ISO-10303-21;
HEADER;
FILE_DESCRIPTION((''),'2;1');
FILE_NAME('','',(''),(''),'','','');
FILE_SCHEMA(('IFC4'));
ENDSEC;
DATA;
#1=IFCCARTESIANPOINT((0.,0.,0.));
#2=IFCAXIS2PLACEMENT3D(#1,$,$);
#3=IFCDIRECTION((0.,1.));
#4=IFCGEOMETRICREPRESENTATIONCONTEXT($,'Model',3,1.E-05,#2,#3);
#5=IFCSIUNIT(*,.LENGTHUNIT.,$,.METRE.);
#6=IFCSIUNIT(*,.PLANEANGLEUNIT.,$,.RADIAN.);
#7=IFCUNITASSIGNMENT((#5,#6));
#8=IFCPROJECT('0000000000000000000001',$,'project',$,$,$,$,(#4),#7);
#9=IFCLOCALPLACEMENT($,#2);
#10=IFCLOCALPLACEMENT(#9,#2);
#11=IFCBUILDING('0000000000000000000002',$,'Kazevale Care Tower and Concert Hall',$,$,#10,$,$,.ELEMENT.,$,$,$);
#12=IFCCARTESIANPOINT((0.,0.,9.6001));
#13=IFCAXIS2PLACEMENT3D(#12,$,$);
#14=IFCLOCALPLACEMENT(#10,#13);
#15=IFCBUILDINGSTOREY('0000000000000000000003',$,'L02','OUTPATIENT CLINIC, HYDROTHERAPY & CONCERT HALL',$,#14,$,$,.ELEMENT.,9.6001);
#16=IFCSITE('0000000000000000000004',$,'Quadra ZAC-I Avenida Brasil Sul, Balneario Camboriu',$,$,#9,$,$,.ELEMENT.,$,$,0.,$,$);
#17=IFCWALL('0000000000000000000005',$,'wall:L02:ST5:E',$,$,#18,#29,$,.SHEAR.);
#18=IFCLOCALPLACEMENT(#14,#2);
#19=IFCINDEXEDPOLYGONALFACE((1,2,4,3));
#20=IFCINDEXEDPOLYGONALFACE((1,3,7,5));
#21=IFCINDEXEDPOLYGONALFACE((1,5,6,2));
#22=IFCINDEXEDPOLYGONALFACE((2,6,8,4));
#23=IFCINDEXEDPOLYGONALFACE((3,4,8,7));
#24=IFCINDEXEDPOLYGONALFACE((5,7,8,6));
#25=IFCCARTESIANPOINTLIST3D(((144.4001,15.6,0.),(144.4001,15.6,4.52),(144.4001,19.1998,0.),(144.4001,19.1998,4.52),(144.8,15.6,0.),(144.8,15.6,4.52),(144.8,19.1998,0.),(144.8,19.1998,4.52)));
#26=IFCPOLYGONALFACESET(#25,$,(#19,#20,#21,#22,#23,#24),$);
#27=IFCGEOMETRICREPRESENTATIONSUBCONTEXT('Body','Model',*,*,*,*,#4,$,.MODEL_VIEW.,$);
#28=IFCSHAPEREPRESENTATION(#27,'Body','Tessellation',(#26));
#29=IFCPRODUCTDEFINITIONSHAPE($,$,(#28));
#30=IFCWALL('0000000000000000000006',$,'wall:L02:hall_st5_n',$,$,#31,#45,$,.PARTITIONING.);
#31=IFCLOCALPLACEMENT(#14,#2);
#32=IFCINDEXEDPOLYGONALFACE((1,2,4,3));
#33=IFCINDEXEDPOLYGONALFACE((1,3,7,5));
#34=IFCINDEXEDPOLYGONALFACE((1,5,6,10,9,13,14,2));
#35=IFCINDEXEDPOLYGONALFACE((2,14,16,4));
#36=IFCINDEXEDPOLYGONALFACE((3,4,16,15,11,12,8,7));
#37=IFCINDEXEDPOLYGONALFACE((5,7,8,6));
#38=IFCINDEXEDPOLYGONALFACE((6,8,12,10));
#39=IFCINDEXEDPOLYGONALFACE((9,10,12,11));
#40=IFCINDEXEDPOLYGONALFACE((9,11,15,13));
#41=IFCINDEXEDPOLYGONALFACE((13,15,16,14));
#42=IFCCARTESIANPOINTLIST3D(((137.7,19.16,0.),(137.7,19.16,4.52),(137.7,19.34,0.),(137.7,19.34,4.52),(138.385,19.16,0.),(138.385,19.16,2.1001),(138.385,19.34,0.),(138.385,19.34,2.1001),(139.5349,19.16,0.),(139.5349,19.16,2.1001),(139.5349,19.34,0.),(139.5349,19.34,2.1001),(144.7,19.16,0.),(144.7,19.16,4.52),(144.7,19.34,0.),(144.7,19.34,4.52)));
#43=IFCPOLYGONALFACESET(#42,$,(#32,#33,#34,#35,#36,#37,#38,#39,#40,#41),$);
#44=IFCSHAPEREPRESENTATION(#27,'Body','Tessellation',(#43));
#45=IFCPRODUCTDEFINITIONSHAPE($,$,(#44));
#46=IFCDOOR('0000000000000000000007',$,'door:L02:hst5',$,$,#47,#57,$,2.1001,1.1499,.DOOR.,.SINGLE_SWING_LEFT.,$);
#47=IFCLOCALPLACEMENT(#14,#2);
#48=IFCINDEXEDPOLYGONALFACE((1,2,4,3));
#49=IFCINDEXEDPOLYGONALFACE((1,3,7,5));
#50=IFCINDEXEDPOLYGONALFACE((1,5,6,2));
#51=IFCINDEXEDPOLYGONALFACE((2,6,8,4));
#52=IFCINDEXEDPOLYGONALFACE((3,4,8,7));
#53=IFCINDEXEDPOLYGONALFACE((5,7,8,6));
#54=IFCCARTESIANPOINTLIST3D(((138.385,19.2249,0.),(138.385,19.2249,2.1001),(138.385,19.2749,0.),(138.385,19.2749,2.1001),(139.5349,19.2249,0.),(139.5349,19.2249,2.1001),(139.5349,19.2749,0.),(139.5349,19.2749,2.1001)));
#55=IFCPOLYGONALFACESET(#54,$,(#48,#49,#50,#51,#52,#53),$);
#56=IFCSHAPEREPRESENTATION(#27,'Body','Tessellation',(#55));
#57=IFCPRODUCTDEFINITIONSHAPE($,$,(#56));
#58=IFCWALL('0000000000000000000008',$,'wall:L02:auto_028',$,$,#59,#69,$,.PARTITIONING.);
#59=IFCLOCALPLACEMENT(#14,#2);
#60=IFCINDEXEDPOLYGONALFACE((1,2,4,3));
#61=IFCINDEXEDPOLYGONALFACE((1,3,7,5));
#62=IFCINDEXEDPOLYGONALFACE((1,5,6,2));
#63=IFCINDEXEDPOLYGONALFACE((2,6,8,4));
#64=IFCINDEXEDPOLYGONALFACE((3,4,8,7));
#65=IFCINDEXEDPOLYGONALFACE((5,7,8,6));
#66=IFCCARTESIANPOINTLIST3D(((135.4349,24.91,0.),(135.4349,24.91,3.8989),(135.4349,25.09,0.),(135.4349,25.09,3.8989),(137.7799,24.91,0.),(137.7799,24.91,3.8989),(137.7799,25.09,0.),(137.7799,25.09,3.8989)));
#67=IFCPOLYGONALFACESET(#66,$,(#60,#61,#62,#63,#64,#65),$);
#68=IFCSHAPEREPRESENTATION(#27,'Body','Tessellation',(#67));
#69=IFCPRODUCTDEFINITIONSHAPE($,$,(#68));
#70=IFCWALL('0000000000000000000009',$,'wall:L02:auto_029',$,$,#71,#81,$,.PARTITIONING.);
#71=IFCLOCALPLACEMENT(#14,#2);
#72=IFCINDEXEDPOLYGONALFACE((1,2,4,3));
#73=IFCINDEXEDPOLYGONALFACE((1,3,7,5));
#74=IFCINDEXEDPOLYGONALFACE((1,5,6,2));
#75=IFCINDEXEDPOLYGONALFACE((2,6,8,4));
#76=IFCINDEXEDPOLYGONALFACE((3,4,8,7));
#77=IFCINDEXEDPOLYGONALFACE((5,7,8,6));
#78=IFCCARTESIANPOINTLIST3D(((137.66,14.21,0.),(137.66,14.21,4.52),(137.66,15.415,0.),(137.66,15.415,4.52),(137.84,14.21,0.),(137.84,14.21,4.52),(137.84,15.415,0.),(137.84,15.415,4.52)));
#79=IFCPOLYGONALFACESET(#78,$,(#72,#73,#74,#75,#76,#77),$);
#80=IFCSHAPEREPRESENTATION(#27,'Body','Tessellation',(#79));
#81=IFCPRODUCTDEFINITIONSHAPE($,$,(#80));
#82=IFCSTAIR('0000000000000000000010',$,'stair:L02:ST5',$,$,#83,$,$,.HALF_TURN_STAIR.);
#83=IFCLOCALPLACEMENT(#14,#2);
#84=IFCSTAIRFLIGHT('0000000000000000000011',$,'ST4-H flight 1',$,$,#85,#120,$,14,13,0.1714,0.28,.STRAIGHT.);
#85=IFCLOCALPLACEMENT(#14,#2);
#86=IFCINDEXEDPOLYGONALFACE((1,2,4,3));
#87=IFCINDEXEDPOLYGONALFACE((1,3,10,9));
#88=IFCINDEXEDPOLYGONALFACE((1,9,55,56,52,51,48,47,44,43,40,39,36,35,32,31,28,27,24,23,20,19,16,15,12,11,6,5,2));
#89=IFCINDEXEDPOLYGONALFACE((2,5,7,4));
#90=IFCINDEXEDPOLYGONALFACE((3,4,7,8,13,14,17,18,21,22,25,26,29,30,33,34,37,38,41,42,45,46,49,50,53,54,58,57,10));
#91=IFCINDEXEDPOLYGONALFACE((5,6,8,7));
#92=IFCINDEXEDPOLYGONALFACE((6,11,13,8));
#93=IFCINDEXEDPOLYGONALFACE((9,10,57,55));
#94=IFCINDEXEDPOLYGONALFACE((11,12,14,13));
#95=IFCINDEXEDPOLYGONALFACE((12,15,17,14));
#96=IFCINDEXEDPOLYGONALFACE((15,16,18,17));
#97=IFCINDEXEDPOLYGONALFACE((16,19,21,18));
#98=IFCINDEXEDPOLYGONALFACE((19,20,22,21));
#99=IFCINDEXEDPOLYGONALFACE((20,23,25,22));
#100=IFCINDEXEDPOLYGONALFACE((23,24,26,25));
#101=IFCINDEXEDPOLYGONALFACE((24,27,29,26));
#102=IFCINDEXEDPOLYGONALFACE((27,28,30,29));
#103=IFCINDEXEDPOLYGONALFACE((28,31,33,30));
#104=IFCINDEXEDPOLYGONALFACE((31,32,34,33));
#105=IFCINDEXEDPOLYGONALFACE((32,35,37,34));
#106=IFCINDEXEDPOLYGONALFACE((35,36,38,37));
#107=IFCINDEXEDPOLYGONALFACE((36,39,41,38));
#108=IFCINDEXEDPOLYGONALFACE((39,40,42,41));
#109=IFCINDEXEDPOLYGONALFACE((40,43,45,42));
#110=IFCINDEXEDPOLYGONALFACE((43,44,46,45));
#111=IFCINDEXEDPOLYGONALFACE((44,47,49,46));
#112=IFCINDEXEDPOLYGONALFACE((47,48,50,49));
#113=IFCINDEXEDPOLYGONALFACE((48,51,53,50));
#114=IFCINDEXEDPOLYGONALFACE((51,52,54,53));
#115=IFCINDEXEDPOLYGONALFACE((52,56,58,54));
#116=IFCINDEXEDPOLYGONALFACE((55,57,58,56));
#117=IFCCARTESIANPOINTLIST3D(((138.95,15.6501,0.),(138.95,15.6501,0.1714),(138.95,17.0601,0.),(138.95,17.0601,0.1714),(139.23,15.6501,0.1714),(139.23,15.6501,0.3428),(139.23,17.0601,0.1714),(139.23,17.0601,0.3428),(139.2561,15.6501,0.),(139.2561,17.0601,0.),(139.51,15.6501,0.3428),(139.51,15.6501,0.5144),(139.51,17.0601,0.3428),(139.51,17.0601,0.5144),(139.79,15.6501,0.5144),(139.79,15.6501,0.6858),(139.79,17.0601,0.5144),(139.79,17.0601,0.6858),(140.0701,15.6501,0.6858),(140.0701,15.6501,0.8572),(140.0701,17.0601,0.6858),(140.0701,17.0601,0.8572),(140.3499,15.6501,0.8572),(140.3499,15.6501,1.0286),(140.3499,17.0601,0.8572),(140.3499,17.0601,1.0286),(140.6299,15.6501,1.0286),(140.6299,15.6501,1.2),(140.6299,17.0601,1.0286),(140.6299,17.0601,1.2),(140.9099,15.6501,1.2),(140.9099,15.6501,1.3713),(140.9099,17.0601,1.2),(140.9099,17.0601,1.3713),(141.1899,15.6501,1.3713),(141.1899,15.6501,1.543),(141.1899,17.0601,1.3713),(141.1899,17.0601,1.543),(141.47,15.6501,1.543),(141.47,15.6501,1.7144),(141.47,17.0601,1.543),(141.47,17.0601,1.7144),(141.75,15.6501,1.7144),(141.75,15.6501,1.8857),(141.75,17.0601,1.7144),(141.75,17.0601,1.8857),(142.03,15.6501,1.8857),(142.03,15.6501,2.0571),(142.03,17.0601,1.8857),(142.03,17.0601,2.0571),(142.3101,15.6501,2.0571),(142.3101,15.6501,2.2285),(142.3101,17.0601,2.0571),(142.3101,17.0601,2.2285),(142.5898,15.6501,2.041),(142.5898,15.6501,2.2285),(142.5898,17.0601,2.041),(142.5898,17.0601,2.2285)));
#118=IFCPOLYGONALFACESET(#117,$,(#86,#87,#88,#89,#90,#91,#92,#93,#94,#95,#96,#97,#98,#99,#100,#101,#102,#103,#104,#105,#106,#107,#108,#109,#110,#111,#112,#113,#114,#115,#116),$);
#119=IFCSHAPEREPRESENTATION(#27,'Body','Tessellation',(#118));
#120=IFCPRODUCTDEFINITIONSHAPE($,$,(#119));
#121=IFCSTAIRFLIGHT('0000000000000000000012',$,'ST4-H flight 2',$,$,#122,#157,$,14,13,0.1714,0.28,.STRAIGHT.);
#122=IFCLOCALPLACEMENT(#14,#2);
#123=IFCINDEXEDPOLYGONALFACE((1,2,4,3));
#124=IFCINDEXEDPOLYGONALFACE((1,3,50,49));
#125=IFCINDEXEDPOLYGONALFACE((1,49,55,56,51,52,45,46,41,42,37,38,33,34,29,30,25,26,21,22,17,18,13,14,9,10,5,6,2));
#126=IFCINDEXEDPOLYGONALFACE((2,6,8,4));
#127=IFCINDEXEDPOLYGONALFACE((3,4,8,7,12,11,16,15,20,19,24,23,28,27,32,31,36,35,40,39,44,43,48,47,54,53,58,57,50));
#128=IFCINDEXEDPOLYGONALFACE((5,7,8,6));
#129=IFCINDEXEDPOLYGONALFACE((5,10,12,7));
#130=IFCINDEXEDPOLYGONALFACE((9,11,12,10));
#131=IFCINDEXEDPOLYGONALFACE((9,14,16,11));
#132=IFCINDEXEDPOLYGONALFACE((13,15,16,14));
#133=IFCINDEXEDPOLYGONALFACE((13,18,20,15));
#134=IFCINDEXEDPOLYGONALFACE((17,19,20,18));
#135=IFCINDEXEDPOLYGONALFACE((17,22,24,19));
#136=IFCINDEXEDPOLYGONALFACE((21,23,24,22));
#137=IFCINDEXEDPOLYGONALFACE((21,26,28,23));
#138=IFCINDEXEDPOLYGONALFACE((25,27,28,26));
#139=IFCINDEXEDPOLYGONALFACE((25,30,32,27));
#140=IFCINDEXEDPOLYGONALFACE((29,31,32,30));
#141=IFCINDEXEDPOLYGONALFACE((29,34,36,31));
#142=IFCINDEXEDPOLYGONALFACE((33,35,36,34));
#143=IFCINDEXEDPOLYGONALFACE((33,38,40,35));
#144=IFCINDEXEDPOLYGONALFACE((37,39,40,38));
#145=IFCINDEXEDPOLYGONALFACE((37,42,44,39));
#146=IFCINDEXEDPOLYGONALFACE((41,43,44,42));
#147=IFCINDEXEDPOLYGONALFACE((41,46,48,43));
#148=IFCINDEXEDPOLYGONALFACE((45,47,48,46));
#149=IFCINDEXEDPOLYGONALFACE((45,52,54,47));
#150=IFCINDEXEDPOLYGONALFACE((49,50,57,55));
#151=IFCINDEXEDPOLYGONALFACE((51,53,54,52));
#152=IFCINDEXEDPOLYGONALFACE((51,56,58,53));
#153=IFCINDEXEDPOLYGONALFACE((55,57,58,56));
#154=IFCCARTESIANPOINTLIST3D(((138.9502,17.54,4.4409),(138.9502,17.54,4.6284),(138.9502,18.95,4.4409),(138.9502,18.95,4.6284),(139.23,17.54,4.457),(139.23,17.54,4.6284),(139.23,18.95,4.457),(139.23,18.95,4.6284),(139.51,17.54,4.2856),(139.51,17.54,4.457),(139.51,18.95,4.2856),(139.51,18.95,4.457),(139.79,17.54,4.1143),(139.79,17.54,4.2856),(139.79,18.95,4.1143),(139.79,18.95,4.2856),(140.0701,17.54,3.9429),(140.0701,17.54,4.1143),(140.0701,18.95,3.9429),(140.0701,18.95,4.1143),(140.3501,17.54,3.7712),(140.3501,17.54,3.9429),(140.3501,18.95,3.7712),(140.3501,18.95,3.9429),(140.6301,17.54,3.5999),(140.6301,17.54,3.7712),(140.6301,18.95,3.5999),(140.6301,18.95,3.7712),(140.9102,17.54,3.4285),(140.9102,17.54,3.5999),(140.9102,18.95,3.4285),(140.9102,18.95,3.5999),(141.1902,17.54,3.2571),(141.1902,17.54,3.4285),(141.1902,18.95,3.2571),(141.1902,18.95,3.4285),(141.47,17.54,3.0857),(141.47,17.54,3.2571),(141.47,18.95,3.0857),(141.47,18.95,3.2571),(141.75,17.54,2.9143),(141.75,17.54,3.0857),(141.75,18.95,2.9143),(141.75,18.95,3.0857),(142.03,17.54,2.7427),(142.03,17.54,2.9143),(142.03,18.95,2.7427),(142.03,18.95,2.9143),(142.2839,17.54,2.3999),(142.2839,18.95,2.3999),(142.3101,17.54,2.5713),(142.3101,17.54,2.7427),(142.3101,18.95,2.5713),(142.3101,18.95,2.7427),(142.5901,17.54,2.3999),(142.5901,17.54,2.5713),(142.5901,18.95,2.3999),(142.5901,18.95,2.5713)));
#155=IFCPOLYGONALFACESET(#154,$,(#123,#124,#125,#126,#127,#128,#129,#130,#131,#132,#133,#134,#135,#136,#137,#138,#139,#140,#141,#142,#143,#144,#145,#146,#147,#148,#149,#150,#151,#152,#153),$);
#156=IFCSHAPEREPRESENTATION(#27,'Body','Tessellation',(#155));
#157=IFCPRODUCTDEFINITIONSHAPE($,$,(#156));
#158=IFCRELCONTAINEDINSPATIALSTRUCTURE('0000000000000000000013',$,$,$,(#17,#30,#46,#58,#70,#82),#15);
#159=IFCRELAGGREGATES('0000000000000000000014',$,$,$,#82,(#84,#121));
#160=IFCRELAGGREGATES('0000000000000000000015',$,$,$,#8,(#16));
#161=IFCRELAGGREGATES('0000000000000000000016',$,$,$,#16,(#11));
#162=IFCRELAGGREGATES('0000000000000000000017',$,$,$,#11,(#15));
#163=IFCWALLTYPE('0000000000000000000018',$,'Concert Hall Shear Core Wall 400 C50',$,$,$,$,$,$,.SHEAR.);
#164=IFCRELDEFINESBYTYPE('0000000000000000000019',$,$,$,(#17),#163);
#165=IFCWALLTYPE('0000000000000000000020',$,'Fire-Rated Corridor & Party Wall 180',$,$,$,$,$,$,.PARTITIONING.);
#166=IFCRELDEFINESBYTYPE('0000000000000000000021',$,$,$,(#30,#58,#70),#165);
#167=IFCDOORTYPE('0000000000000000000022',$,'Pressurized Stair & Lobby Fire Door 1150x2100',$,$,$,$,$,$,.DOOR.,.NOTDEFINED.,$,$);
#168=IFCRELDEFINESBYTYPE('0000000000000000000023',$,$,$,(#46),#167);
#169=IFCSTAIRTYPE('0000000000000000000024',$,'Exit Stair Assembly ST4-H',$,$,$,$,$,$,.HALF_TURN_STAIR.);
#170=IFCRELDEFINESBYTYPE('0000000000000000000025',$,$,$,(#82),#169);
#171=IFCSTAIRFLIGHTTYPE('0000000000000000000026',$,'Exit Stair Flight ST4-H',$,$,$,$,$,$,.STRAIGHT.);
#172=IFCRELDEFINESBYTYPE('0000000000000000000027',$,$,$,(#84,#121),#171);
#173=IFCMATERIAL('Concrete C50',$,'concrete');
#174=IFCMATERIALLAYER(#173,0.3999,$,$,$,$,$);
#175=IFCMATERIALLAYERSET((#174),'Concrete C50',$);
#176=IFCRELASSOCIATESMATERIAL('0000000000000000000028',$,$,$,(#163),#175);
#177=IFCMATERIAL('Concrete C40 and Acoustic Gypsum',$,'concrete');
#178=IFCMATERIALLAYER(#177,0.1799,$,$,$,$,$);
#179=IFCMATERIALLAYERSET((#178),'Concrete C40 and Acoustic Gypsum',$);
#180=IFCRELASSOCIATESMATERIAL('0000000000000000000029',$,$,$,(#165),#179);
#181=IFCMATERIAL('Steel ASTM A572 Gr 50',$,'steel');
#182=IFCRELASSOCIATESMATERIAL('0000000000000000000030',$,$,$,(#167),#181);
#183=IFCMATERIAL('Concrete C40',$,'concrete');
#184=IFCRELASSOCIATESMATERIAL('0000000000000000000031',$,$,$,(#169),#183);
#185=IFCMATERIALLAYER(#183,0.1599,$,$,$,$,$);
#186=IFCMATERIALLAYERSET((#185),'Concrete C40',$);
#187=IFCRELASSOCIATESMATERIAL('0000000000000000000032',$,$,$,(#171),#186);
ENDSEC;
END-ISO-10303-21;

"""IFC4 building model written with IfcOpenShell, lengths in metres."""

from ifc_helpers import new_model, si_unit, direction, frame, frame_2d, origin, place, context, subcontext, project, spatial, polyline, rectangle, outline, extrude, material, layer, layer_set, type_object, element, fill, aggregate, save


model = new_model("IFC4")

# Units and contexts
model_context = context("Model", 3, precision=1e-05, world=origin(), true_north=direction((0.0, 1.0)))
body_context = subcontext(model_context, "Body", "Model", "MODEL_VIEW")
ifc_project = project(units=[si_unit("LENGTHUNIT", "METRE"), si_unit("PLANEANGLEUNIT", "RADIAN")], contexts=[model_context])

# Site, building, storey
site_placement = place(None, origin())
site = spatial("IfcSite", under=ifc_project, at=site_placement, Name="Quadra ZAC-I Avenida Brasil Sul, Balneario Camboriu", CompositionType="ELEMENT", RefElevation=0.0)
building_placement = place(site_placement, origin())
building = spatial("IfcBuilding", under=site, at=building_placement, Name="Kazevale Care Tower and Concert Hall", CompositionType="ELEMENT")
storey_placement = place(building_placement, frame((0.0, 0.0, 9.6001)))
storey = spatial("IfcBuildingStorey", under=building, at=storey_placement, Name="L02", Description="OUTPATIENT CLINIC, HYDROTHERAPY & CONCERT HALL", CompositionType="ELEMENT", Elevation=9.6001)

# Shared definitions
ifc_material_1 = material(Name="Concrete C50", Category="concrete")

# Shared definitions
ifc_material_2 = material(Name="Steel ASTM A572 Gr 50", Category="steel")

# Wall
ifc_layer_1 = layer(ifc_material_1, 0.3999)
ifc_layer_set_1 = layer_set([ifc_layer_1], Name="Concrete C50")
wall_type_1 = type_object("IfcWallType", Name="Concert Hall Shear Core Wall 400 C50", PredefinedType="SHEAR", material=ifc_layer_set_1)
for number, where, z_axis, x_axis, name in (
    (1, (144.6001, 15.6001, 0.0), (0.0, 0.0, 1.0), (0.0, 1.0, 0.0), "wall:L02:ST5:E"),
):
    element("IfcWall", number, at=place(storey_placement, frame(where, z_axis=z_axis, x_axis=x_axis)), inside=storey, type_object=wall_type_1, Name=name, PredefinedType="SHEAR", context=body_context, shape_type="SweptSolid", body=[
        extrude(rectangle(XDim=3.5999, YDim=0.3999, at=frame_2d((1.7998, 0.0))), origin(), (0.0, 0.0, 1.0), 4.52),
    ])

# Wall, opening, door
ifc_material_3 = material(Name="Concrete C40 and Acoustic Gypsum", Category="concrete")
ifc_layer_2 = layer(ifc_material_3, 0.1799)
ifc_layer_set_2 = layer_set([ifc_layer_2], Name="Concrete C40 and Acoustic Gypsum")
wall_type_2 = type_object("IfcWallType", Name="Fire-Rated Corridor & Party Wall 180", PredefinedType="PARTITIONING", material=ifc_layer_set_2)
wall_1_placement = place(storey_placement, frame((137.7, 19.25, 0.0), z_axis=(0.0, 0.0, 1.0), x_axis=(1.0, 0.0, 0.0)))
wall_1 = element("IfcWall", 2, at=wall_1_placement, inside=storey, type_object=wall_type_2, Name="wall:L02:hall_st5_n", PredefinedType="PARTITIONING", context=body_context, shape_type="SweptSolid", body=[
    extrude(rectangle(XDim=7.0, YDim=0.1799, at=frame_2d((3.5, 0.0))), origin(), (0.0, 0.0, 1.0), 4.52),
])
opening_1_placement = place(wall_1_placement, frame((0.6851, 0.0, 0.0)))
opening_1 = element("IfcOpeningElement", 3, at=opening_1_placement, cuts=wall_1, PredefinedType="OPENING", context=body_context, shape_type="SweptSolid", body=[
    extrude(rectangle(XDim=1.1499, YDim=2.1001, at=frame_2d((0.575, 1.05))), frame((0.0, 0.0999, 0.0), z_axis=(0.0, -1.0, 0.0), x_axis=(1.0, 0.0, 0.0)), (0.0, 0.0, 1.0), 0.2),
])
door_type = type_object("IfcDoorType", Name="Pressurized Stair & Lobby Fire Door 1150x2100", OperationType="NOTDEFINED", PredefinedType="DOOR", material=ifc_material_2)
door_placement = place(opening_1_placement, origin())
door = element("IfcDoor", 4, at=door_placement, inside=storey, type_object=door_type, Name="door:L02:hst5", OperationType="SINGLE_SWING_LEFT", OverallHeight=2.1001, OverallWidth=1.1499, PredefinedType="DOOR", context=body_context, shape_type="SweptSolid", body=[
    extrude(rectangle(XDim=1.1499, YDim=2.1001, at=frame_2d((0.575, 1.05))), frame((0.0, 0.0249, 0.0), z_axis=(0.0, -1.0, 0.0), x_axis=(1.0, 0.0, 0.0)), (0.0, 0.0, 1.0), 0.05),
])
fill(opening_1, door)

# Walls
wall_2_placement = place(storey_placement, frame((135.4351, 25.0, 0.0), z_axis=(0.0, 0.0, 1.0), x_axis=(1.0, 0.0, 0.0)))
element("IfcWall", 5, at=wall_2_placement, inside=storey, type_object=wall_type_2, Name="wall:L02:auto_028", PredefinedType="PARTITIONING", context=body_context, shape_type="SweptSolid", body=[
    extrude(rectangle(XDim=2.345, YDim=0.1799, at=frame_2d((1.1724, 0.0))), origin(), (0.0, 0.0, 1.0), 3.8989),
])
wall_3_placement = place(storey_placement, frame((137.75, 15.415, 0.0), z_axis=(0.0, 0.0, 1.0), x_axis=(0.0, -1.0, 0.0)))
element("IfcWall", 6, at=wall_3_placement, inside=storey, type_object=wall_type_2, Name="wall:L02:auto_029", PredefinedType="PARTITIONING", context=body_context, shape_type="SweptSolid", body=[
    extrude(rectangle(XDim=1.2051, YDim=0.1799, at=frame_2d((0.6025, 0.0))), origin(), (0.0, 0.0, 1.0), 4.52),
])

# Stair, stair flights
ifc_material_4 = material(Name="Concrete C40", Category="concrete")
stair_type = type_object("IfcStairType", Name="Exit Stair Assembly ST4-H", PredefinedType="HALF_TURN_STAIR", material=ifc_material_4)
stair_placement = place(storey_placement, origin())
stair = element("IfcStair", 7, at=stair_placement, inside=storey, type_object=stair_type, Name="stair:L02:ST5", PredefinedType="HALF_TURN_STAIR")
ifc_layer_3 = layer(ifc_material_4, 0.1599)
ifc_layer_set_3 = layer_set([ifc_layer_3], Name="Concrete C40")
stair_flight_type = type_object("IfcStairFlightType", Name="Exit Stair Flight ST4-H", PredefinedType="STRAIGHT", material=ifc_layer_set_3)
stair_flight_1_placement = place(storey_placement, frame((138.95, 16.355, 0.0), z_axis=(0.0, 0.0, 1.0), x_axis=(1.0, 0.0, 0.0)))
stair_flight_1 = element("IfcStairFlight", 8, at=stair_flight_1_placement, type_object=stair_flight_type, Name="ST4-H flight 1", NumberOfRisers=14, NumberOfTreads=13, PredefinedType="STRAIGHT", RiserHeight=0.1714, TreadLength=0.28, context=body_context, shape_type="SweptSolid", body=[
    extrude(outline(polyline([(0.0, 0.0), (0.0, 0.1714), (0.28, 0.1714), (0.28, 0.3428), (0.5601, 0.3428), (0.5601, 0.5144), (0.8401, 0.5144), (0.8401, 0.6858), (1.1201, 0.6858), (1.1201, 0.8572), (1.3999, 0.8572), (1.3999, 1.0286), (1.6799, 1.0286), (1.6799, 1.2), (1.96, 1.2), (1.96, 1.3713), (2.24, 1.3713), (2.24, 1.543), (2.52, 1.543), (2.52, 1.7144), (2.8, 1.7144), (2.8, 1.8857), (3.0801, 1.8857), (3.0801, 2.0571), (3.3601, 2.0571), (3.3601, 2.2285), (3.6399, 2.2285), (3.6399, 2.3999), (3.6399, 2.041), (0.3062, 0.0), (0.0, 0.0)])), frame((0.0, 0.7051, 0.0), z_axis=(0.0, -1.0, 0.0), x_axis=(1.0, 0.0, 0.0)), (0.0, 0.0, 1.0), 1.4099),
])
stair_flight_2_placement = place(storey_placement, frame((142.5901, 18.2451, 2.3999), z_axis=(0.0, 0.0, 1.0), x_axis=(-1.0, 0.0, 0.0)))
stair_flight_2 = element("IfcStairFlight", 9, at=stair_flight_2_placement, type_object=stair_flight_type, Name="ST4-H flight 2", NumberOfRisers=14, NumberOfTreads=13, PredefinedType="STRAIGHT", RiserHeight=0.1714, TreadLength=0.28, context=body_context, shape_type="SweptSolid", body=[
    extrude(outline(polyline([(0.0, 0.0), (0.0, 0.1714), (0.28, 0.1714), (0.28, 0.3428), (0.5601, 0.3428), (0.5601, 0.5144), (0.8401, 0.5144), (0.8401, 0.6858), (1.1201, 0.6858), (1.1201, 0.8572), (1.3999, 0.8572), (1.3999, 1.0286), (1.6799, 1.0286), (1.6799, 1.2), (1.96, 1.2), (1.96, 1.3713), (2.24, 1.3713), (2.24, 1.543), (2.52, 1.543), (2.52, 1.7144), (2.8, 1.7144), (2.8, 1.8857), (3.0801, 1.8857), (3.0801, 2.0571), (3.3601, 2.0571), (3.3601, 2.2285), (3.6399, 2.2285), (3.6399, 2.3999), (3.6399, 2.041), (0.3062, 0.0), (0.0, 0.0)])), frame((0.0, 0.7051, 0.0), z_axis=(0.0, -1.0, 0.0), x_axis=(1.0, 0.0, 0.0)), (0.0, 0.0, 1.0), 1.4099),
])
aggregate(stair, [stair_flight_1, stair_flight_2])

save(model, "model.ifc")
